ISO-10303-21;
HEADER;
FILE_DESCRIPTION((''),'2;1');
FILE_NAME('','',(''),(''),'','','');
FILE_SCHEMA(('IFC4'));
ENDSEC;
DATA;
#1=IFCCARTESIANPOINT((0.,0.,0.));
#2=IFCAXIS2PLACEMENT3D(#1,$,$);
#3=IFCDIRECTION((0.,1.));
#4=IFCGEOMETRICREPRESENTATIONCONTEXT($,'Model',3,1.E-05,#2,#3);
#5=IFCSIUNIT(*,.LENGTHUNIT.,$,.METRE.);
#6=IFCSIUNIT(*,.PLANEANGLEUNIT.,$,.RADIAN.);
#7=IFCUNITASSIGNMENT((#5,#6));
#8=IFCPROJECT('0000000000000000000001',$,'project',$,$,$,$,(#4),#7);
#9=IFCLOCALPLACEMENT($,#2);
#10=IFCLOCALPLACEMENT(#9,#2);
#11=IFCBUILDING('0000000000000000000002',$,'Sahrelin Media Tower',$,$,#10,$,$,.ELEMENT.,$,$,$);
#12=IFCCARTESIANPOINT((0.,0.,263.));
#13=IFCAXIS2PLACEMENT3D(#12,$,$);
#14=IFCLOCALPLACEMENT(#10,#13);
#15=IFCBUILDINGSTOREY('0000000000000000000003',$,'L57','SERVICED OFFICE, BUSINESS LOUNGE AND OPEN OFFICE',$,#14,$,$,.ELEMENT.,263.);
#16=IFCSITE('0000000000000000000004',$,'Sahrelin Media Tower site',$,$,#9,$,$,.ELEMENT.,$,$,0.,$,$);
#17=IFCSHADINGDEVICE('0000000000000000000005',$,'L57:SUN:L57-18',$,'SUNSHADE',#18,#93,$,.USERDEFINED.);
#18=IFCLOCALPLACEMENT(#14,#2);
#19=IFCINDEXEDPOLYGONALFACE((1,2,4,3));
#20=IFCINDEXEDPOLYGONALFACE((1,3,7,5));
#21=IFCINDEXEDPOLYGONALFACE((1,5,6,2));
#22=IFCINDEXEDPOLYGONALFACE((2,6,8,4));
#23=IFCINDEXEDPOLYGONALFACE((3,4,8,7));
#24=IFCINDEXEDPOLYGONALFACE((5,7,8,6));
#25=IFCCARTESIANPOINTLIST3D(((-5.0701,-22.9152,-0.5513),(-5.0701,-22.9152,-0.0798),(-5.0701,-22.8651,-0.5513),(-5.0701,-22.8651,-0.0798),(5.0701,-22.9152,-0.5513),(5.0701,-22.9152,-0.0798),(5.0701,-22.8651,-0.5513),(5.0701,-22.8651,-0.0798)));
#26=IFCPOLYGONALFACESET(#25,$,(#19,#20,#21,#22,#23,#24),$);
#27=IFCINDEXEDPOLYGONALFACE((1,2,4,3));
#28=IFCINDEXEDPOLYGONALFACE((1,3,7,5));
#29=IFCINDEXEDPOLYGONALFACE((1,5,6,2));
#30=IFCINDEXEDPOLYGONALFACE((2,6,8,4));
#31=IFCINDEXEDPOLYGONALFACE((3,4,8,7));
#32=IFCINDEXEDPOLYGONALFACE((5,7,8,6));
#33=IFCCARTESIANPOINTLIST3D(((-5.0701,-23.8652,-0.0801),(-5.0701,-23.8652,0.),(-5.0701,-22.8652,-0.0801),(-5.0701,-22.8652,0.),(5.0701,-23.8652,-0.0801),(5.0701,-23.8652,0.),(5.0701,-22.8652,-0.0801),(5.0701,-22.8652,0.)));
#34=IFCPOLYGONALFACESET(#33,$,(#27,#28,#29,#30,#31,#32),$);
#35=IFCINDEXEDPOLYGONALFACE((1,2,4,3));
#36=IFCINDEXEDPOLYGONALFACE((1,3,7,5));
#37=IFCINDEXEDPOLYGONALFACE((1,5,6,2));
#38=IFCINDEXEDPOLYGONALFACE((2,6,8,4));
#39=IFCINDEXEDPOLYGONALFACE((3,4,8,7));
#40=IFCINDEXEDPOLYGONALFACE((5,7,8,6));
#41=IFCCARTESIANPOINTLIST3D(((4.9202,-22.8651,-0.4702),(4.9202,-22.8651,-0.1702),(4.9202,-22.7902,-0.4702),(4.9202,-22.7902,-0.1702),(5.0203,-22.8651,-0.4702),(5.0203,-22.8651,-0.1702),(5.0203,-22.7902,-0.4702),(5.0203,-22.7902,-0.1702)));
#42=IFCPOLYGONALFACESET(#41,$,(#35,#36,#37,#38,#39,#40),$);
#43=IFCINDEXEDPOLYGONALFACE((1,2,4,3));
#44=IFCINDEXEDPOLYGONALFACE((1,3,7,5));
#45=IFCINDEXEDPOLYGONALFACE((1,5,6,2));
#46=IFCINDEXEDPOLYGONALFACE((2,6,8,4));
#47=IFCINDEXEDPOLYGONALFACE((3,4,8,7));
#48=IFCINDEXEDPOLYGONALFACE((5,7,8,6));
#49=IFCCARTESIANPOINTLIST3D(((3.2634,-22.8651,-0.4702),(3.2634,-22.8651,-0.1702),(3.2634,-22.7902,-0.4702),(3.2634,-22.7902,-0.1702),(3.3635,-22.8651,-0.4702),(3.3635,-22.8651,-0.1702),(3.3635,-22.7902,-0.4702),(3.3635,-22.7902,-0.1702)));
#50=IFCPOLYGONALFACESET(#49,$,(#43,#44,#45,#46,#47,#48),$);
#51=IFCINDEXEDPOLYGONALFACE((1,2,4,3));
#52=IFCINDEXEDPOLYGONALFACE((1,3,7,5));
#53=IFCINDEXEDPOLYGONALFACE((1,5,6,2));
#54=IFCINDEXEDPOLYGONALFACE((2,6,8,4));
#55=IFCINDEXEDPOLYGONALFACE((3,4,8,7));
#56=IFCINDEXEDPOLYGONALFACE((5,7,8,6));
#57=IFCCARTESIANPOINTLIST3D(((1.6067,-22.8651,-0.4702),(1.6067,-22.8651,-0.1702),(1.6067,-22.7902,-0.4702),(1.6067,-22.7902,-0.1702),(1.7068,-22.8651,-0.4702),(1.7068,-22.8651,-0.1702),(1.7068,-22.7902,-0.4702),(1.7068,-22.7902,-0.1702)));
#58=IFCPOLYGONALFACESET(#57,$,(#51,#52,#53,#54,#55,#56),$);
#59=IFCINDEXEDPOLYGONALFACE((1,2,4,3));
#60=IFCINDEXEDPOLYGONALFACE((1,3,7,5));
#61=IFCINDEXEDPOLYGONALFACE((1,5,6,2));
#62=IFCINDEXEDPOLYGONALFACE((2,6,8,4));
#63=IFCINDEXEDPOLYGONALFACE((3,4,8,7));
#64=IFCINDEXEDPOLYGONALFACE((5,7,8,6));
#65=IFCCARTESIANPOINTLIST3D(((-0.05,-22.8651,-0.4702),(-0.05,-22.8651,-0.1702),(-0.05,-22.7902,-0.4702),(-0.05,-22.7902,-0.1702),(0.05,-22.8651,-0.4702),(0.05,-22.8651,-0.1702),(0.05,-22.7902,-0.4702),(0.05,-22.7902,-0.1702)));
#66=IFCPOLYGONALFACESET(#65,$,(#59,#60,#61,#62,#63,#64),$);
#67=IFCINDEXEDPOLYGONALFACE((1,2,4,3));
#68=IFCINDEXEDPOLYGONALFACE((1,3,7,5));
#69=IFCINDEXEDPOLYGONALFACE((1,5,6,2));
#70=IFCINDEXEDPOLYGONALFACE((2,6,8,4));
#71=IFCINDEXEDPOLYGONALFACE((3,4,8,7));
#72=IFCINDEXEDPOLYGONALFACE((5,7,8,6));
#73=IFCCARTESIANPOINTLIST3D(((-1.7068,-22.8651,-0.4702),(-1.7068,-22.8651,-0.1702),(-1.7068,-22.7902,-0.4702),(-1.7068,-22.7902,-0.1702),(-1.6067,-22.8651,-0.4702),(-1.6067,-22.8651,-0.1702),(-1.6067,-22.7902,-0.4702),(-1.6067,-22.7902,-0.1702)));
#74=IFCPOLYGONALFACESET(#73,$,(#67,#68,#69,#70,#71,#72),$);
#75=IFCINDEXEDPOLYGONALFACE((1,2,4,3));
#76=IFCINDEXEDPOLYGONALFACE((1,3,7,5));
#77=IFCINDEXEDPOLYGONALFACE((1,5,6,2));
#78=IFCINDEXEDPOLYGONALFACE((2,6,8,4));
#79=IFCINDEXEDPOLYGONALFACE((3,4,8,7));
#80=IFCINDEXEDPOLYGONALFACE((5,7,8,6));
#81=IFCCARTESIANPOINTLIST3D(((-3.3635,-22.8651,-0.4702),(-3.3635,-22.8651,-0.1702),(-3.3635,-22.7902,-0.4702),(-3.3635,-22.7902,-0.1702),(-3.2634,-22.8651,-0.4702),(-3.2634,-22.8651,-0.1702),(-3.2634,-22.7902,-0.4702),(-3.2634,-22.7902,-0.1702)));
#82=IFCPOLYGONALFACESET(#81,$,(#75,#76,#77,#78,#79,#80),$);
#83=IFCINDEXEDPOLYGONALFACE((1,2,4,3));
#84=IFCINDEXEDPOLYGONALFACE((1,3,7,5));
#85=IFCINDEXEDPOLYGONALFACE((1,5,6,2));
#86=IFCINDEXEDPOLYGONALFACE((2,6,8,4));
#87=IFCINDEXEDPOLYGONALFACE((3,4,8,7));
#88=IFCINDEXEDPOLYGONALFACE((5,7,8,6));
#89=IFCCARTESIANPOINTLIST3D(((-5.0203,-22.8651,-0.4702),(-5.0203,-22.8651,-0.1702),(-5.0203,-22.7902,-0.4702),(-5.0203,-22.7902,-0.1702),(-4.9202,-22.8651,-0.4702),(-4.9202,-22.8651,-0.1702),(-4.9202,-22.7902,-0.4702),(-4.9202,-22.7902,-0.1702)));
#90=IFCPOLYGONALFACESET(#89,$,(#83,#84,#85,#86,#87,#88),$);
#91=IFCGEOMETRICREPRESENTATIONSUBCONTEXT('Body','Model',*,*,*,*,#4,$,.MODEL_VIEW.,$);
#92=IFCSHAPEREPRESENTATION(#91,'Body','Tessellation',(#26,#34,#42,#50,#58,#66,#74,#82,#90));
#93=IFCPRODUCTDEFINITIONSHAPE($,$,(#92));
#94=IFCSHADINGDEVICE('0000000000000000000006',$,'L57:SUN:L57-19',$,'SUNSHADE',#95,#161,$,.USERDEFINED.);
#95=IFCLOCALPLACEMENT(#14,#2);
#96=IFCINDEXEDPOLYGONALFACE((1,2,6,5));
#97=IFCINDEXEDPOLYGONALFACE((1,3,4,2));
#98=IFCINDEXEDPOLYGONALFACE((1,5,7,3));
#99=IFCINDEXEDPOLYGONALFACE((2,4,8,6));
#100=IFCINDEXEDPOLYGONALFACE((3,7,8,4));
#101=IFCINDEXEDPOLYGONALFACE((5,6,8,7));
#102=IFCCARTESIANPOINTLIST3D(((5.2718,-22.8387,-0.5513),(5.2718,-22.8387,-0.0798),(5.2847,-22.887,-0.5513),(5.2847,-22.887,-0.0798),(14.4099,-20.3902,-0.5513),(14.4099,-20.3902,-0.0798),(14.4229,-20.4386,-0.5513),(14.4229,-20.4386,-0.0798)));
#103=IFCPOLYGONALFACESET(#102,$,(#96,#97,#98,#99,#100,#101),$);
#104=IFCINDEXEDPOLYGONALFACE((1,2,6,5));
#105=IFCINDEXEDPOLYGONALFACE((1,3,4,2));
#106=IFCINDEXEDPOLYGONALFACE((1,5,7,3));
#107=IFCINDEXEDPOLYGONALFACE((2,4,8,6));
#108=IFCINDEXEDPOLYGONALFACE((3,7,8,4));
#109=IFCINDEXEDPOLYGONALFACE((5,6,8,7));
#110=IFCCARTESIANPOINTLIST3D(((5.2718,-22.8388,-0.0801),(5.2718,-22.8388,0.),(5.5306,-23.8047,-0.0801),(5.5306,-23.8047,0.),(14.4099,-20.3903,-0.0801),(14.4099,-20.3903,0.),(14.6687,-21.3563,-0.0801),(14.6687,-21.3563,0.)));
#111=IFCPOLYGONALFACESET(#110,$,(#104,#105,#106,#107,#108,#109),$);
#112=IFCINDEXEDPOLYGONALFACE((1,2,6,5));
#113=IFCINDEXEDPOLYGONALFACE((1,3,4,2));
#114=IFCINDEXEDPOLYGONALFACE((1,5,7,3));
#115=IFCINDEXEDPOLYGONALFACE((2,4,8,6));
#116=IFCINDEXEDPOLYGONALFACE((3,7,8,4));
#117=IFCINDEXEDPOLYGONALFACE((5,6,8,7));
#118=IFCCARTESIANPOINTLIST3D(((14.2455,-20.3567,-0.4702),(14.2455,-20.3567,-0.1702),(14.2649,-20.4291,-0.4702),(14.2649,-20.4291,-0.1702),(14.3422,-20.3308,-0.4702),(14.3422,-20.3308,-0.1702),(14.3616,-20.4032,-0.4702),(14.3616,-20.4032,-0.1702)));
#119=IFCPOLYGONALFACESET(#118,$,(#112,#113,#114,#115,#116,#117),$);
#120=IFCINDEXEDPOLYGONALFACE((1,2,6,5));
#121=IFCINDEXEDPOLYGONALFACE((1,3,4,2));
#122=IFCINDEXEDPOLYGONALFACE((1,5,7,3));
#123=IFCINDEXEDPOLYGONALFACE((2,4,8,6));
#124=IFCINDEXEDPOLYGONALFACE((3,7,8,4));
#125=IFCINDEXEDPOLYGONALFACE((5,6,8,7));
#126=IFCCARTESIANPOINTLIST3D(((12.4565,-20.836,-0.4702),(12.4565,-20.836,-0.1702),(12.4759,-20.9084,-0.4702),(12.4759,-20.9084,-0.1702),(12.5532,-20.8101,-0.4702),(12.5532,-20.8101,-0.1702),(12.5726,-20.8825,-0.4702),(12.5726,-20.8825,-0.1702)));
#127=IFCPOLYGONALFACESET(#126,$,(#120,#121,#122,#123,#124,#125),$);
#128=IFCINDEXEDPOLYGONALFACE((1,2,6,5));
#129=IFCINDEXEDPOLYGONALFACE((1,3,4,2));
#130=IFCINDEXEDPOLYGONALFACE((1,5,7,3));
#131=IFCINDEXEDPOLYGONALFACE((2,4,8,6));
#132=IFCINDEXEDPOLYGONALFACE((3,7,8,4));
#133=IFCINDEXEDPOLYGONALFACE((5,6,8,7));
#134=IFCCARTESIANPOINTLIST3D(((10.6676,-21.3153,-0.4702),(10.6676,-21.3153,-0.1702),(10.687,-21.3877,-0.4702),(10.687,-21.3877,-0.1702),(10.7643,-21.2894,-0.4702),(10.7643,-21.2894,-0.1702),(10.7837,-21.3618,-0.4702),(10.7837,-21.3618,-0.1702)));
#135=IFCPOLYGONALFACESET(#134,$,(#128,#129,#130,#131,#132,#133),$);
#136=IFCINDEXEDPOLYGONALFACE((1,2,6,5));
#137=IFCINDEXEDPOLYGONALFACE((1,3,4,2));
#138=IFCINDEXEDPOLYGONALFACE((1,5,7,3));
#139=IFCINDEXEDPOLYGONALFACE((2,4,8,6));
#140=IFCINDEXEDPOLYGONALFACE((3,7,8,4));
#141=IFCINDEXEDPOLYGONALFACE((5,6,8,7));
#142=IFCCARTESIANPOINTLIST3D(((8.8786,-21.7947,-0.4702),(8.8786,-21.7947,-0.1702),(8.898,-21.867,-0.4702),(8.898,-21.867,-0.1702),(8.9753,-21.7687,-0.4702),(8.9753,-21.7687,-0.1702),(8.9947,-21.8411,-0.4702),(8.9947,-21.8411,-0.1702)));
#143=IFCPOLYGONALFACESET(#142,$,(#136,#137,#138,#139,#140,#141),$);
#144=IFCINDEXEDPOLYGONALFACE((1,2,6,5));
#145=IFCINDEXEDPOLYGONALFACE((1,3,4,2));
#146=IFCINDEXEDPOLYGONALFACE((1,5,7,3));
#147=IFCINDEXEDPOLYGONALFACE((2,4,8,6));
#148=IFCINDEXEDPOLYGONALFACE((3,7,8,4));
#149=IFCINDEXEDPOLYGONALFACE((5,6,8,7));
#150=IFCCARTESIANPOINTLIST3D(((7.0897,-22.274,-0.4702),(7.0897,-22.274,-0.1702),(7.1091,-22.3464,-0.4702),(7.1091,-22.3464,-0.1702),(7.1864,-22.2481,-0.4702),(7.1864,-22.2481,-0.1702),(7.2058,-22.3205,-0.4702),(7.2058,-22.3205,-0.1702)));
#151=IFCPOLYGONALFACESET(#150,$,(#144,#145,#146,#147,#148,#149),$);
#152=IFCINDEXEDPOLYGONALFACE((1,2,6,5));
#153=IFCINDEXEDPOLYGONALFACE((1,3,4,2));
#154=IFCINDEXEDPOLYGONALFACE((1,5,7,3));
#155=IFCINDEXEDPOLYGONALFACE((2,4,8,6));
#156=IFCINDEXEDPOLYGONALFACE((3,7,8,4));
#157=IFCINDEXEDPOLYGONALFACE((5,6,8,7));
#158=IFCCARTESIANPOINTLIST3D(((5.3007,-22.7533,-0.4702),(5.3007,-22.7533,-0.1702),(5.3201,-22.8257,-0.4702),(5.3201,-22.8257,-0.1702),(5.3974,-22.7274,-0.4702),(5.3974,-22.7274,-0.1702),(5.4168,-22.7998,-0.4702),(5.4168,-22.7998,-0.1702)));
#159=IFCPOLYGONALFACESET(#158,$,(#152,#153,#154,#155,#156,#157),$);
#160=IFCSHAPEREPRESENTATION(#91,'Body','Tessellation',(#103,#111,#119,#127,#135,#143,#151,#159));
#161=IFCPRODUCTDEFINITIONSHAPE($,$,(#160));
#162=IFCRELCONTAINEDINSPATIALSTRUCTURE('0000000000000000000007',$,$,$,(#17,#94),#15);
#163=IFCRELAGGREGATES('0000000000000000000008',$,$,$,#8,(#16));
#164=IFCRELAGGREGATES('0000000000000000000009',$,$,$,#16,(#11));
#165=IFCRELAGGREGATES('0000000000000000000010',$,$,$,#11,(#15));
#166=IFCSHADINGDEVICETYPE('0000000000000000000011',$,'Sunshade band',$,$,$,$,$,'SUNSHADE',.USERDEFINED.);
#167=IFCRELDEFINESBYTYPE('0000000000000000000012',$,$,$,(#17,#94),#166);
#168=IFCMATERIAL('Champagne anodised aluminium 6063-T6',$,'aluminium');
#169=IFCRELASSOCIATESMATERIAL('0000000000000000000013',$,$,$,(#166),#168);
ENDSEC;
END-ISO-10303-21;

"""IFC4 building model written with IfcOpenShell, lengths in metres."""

from ifc_helpers import new_model, si_unit, direction, frame, origin, origin_2d, place, context, subcontext, project, spatial, rectangle, extrude, material, type_object, element, save


model = new_model("IFC4")

# Units and contexts
model_context = context("Model", 3, precision=1e-05, world=origin(), true_north=direction((0.0, 1.0)))
body_context = subcontext(model_context, "Body", "Model", "MODEL_VIEW")
ifc_project = project(units=[si_unit("LENGTHUNIT", "METRE"), si_unit("PLANEANGLEUNIT", "RADIAN")], contexts=[model_context])

# Site, building, storey
site_placement = place(None, origin())
site = spatial("IfcSite", under=ifc_project, at=site_placement, Name="Sahrelin Media Tower site", CompositionType="ELEMENT", RefElevation=0.0)
building_placement = place(site_placement, origin())
building = spatial("IfcBuilding", under=site, at=building_placement, Name="Sahrelin Media Tower", CompositionType="ELEMENT")
storey_placement = place(building_placement, frame((0.0, 0.0, 263.0)))
storey = spatial("IfcBuildingStorey", under=building, at=storey_placement, Name="L57", Description="SERVICED OFFICE, BUSINESS LOUNGE AND OPEN OFFICE", CompositionType="ELEMENT", Elevation=263.0)

# Shared definitions
ifc_material_1 = material(Name="Champagne anodised aluminium 6063-T6", Category="aluminium")

# Shading devices
placement_1 = place(storey_placement, frame((0.0, -22.8452, 0.0), z_axis=(0.0, 0.0, 1.0), x_axis=(-1.0, 0.0, 0.0)))
placement_2 = place(storey_placement, frame((9.8357, -21.5952, 0.0), z_axis=(0.0, 0.0, 1.0), x_axis=(-0.965929, -0.258808, 0.0)))
shading_device_type_1 = type_object("IfcShadingDeviceType", Name="Sunshade band", ElementType="SUNSHADE", PredefinedType="USERDEFINED", material=ifc_material_1)
element("IfcShadingDevice", 1, at=placement_1, inside=storey, type_object=shading_device_type_1, Name="L57:SUN:L57-18", ObjectType="SUNSHADE", PredefinedType="USERDEFINED", context=body_context, shape_type="SweptSolid", body=[
    extrude(rectangle(XDim=10.1401, YDim=0.05, at=origin_2d()), frame((0.0, 0.0449, -0.5513)), (0.0, 0.0, 1.0), 0.4714),
    extrude(rectangle(XDim=10.1401, YDim=1.0, at=origin_2d()), frame((0.0, 0.52, -0.0801)), (0.0, 0.0, 1.0), 0.0801),
    extrude(rectangle(XDim=0.1001, YDim=0.075, at=origin_2d()), frame((-4.9702, -0.0176, -0.4702)), (0.0, 0.0, 1.0), 0.3),
    extrude(rectangle(XDim=0.1001, YDim=0.075, at=origin_2d()), frame((-3.3135, -0.0176, -0.4702)), (0.0, 0.0, 1.0), 0.3),
    extrude(rectangle(XDim=0.1001, YDim=0.075, at=origin_2d()), frame((-1.6567, -0.0176, -0.4702)), (0.0, 0.0, 1.0), 0.3),
    extrude(rectangle(XDim=0.1001, YDim=0.075, at=origin_2d()), frame((0.0, -0.0176, -0.4702)), (0.0, 0.0, 1.0), 0.3),
    extrude(rectangle(XDim=0.1001, YDim=0.075, at=origin_2d()), frame((1.6567, -0.0176, -0.4702)), (0.0, 0.0, 1.0), 0.3),
    extrude(rectangle(XDim=0.1001, YDim=0.075, at=origin_2d()), frame((3.3135, -0.0176, -0.4702)), (0.0, 0.0, 1.0), 0.3),
    extrude(rectangle(XDim=0.1001, YDim=0.075, at=origin_2d()), frame((4.9702, -0.0176, -0.4702)), (0.0, 0.0, 1.0), 0.3),
])
element("IfcShadingDevice", 2, at=placement_2, inside=storey, type_object=shading_device_type_1, Name="L57:SUN:L57-19", ObjectType="SUNSHADE", PredefinedType="USERDEFINED", context=body_context, shape_type="SweptSolid", body=[
    extrude(rectangle(XDim=9.4604, YDim=0.05, at=origin_2d()), frame((0.0, 0.0449, -0.5513)), (0.0, 0.0, 1.0), 0.4714),
    extrude(rectangle(XDim=9.4604, YDim=1.0, at=origin_2d()), frame((0.0, 0.52, -0.0801)), (0.0, 0.0, 1.0), 0.0801),
    extrude(rectangle(XDim=0.1001, YDim=0.075, at=origin_2d()), frame((-4.6301, -0.0176, -0.4702)), (0.0, 0.0, 1.0), 0.3),
    extrude(rectangle(XDim=0.1001, YDim=0.075, at=origin_2d()), frame((-2.7781, -0.0176, -0.4702)), (0.0, 0.0, 1.0), 0.3),
    extrude(rectangle(XDim=0.1001, YDim=0.075, at=origin_2d()), frame((-0.926, -0.0176, -0.4702)), (0.0, 0.0, 1.0), 0.3),
    extrude(rectangle(XDim=0.1001, YDim=0.075, at=origin_2d()), frame((0.926, -0.0176, -0.4702)), (0.0, 0.0, 1.0), 0.3),
    extrude(rectangle(XDim=0.1001, YDim=0.075, at=origin_2d()), frame((2.7781, -0.0176, -0.4702)), (0.0, 0.0, 1.0), 0.3),
    extrude(rectangle(XDim=0.1001, YDim=0.075, at=origin_2d()), frame((4.6301, -0.0176, -0.4702)), (0.0, 0.0, 1.0), 0.3),
])

save(model, "model.ifc")
